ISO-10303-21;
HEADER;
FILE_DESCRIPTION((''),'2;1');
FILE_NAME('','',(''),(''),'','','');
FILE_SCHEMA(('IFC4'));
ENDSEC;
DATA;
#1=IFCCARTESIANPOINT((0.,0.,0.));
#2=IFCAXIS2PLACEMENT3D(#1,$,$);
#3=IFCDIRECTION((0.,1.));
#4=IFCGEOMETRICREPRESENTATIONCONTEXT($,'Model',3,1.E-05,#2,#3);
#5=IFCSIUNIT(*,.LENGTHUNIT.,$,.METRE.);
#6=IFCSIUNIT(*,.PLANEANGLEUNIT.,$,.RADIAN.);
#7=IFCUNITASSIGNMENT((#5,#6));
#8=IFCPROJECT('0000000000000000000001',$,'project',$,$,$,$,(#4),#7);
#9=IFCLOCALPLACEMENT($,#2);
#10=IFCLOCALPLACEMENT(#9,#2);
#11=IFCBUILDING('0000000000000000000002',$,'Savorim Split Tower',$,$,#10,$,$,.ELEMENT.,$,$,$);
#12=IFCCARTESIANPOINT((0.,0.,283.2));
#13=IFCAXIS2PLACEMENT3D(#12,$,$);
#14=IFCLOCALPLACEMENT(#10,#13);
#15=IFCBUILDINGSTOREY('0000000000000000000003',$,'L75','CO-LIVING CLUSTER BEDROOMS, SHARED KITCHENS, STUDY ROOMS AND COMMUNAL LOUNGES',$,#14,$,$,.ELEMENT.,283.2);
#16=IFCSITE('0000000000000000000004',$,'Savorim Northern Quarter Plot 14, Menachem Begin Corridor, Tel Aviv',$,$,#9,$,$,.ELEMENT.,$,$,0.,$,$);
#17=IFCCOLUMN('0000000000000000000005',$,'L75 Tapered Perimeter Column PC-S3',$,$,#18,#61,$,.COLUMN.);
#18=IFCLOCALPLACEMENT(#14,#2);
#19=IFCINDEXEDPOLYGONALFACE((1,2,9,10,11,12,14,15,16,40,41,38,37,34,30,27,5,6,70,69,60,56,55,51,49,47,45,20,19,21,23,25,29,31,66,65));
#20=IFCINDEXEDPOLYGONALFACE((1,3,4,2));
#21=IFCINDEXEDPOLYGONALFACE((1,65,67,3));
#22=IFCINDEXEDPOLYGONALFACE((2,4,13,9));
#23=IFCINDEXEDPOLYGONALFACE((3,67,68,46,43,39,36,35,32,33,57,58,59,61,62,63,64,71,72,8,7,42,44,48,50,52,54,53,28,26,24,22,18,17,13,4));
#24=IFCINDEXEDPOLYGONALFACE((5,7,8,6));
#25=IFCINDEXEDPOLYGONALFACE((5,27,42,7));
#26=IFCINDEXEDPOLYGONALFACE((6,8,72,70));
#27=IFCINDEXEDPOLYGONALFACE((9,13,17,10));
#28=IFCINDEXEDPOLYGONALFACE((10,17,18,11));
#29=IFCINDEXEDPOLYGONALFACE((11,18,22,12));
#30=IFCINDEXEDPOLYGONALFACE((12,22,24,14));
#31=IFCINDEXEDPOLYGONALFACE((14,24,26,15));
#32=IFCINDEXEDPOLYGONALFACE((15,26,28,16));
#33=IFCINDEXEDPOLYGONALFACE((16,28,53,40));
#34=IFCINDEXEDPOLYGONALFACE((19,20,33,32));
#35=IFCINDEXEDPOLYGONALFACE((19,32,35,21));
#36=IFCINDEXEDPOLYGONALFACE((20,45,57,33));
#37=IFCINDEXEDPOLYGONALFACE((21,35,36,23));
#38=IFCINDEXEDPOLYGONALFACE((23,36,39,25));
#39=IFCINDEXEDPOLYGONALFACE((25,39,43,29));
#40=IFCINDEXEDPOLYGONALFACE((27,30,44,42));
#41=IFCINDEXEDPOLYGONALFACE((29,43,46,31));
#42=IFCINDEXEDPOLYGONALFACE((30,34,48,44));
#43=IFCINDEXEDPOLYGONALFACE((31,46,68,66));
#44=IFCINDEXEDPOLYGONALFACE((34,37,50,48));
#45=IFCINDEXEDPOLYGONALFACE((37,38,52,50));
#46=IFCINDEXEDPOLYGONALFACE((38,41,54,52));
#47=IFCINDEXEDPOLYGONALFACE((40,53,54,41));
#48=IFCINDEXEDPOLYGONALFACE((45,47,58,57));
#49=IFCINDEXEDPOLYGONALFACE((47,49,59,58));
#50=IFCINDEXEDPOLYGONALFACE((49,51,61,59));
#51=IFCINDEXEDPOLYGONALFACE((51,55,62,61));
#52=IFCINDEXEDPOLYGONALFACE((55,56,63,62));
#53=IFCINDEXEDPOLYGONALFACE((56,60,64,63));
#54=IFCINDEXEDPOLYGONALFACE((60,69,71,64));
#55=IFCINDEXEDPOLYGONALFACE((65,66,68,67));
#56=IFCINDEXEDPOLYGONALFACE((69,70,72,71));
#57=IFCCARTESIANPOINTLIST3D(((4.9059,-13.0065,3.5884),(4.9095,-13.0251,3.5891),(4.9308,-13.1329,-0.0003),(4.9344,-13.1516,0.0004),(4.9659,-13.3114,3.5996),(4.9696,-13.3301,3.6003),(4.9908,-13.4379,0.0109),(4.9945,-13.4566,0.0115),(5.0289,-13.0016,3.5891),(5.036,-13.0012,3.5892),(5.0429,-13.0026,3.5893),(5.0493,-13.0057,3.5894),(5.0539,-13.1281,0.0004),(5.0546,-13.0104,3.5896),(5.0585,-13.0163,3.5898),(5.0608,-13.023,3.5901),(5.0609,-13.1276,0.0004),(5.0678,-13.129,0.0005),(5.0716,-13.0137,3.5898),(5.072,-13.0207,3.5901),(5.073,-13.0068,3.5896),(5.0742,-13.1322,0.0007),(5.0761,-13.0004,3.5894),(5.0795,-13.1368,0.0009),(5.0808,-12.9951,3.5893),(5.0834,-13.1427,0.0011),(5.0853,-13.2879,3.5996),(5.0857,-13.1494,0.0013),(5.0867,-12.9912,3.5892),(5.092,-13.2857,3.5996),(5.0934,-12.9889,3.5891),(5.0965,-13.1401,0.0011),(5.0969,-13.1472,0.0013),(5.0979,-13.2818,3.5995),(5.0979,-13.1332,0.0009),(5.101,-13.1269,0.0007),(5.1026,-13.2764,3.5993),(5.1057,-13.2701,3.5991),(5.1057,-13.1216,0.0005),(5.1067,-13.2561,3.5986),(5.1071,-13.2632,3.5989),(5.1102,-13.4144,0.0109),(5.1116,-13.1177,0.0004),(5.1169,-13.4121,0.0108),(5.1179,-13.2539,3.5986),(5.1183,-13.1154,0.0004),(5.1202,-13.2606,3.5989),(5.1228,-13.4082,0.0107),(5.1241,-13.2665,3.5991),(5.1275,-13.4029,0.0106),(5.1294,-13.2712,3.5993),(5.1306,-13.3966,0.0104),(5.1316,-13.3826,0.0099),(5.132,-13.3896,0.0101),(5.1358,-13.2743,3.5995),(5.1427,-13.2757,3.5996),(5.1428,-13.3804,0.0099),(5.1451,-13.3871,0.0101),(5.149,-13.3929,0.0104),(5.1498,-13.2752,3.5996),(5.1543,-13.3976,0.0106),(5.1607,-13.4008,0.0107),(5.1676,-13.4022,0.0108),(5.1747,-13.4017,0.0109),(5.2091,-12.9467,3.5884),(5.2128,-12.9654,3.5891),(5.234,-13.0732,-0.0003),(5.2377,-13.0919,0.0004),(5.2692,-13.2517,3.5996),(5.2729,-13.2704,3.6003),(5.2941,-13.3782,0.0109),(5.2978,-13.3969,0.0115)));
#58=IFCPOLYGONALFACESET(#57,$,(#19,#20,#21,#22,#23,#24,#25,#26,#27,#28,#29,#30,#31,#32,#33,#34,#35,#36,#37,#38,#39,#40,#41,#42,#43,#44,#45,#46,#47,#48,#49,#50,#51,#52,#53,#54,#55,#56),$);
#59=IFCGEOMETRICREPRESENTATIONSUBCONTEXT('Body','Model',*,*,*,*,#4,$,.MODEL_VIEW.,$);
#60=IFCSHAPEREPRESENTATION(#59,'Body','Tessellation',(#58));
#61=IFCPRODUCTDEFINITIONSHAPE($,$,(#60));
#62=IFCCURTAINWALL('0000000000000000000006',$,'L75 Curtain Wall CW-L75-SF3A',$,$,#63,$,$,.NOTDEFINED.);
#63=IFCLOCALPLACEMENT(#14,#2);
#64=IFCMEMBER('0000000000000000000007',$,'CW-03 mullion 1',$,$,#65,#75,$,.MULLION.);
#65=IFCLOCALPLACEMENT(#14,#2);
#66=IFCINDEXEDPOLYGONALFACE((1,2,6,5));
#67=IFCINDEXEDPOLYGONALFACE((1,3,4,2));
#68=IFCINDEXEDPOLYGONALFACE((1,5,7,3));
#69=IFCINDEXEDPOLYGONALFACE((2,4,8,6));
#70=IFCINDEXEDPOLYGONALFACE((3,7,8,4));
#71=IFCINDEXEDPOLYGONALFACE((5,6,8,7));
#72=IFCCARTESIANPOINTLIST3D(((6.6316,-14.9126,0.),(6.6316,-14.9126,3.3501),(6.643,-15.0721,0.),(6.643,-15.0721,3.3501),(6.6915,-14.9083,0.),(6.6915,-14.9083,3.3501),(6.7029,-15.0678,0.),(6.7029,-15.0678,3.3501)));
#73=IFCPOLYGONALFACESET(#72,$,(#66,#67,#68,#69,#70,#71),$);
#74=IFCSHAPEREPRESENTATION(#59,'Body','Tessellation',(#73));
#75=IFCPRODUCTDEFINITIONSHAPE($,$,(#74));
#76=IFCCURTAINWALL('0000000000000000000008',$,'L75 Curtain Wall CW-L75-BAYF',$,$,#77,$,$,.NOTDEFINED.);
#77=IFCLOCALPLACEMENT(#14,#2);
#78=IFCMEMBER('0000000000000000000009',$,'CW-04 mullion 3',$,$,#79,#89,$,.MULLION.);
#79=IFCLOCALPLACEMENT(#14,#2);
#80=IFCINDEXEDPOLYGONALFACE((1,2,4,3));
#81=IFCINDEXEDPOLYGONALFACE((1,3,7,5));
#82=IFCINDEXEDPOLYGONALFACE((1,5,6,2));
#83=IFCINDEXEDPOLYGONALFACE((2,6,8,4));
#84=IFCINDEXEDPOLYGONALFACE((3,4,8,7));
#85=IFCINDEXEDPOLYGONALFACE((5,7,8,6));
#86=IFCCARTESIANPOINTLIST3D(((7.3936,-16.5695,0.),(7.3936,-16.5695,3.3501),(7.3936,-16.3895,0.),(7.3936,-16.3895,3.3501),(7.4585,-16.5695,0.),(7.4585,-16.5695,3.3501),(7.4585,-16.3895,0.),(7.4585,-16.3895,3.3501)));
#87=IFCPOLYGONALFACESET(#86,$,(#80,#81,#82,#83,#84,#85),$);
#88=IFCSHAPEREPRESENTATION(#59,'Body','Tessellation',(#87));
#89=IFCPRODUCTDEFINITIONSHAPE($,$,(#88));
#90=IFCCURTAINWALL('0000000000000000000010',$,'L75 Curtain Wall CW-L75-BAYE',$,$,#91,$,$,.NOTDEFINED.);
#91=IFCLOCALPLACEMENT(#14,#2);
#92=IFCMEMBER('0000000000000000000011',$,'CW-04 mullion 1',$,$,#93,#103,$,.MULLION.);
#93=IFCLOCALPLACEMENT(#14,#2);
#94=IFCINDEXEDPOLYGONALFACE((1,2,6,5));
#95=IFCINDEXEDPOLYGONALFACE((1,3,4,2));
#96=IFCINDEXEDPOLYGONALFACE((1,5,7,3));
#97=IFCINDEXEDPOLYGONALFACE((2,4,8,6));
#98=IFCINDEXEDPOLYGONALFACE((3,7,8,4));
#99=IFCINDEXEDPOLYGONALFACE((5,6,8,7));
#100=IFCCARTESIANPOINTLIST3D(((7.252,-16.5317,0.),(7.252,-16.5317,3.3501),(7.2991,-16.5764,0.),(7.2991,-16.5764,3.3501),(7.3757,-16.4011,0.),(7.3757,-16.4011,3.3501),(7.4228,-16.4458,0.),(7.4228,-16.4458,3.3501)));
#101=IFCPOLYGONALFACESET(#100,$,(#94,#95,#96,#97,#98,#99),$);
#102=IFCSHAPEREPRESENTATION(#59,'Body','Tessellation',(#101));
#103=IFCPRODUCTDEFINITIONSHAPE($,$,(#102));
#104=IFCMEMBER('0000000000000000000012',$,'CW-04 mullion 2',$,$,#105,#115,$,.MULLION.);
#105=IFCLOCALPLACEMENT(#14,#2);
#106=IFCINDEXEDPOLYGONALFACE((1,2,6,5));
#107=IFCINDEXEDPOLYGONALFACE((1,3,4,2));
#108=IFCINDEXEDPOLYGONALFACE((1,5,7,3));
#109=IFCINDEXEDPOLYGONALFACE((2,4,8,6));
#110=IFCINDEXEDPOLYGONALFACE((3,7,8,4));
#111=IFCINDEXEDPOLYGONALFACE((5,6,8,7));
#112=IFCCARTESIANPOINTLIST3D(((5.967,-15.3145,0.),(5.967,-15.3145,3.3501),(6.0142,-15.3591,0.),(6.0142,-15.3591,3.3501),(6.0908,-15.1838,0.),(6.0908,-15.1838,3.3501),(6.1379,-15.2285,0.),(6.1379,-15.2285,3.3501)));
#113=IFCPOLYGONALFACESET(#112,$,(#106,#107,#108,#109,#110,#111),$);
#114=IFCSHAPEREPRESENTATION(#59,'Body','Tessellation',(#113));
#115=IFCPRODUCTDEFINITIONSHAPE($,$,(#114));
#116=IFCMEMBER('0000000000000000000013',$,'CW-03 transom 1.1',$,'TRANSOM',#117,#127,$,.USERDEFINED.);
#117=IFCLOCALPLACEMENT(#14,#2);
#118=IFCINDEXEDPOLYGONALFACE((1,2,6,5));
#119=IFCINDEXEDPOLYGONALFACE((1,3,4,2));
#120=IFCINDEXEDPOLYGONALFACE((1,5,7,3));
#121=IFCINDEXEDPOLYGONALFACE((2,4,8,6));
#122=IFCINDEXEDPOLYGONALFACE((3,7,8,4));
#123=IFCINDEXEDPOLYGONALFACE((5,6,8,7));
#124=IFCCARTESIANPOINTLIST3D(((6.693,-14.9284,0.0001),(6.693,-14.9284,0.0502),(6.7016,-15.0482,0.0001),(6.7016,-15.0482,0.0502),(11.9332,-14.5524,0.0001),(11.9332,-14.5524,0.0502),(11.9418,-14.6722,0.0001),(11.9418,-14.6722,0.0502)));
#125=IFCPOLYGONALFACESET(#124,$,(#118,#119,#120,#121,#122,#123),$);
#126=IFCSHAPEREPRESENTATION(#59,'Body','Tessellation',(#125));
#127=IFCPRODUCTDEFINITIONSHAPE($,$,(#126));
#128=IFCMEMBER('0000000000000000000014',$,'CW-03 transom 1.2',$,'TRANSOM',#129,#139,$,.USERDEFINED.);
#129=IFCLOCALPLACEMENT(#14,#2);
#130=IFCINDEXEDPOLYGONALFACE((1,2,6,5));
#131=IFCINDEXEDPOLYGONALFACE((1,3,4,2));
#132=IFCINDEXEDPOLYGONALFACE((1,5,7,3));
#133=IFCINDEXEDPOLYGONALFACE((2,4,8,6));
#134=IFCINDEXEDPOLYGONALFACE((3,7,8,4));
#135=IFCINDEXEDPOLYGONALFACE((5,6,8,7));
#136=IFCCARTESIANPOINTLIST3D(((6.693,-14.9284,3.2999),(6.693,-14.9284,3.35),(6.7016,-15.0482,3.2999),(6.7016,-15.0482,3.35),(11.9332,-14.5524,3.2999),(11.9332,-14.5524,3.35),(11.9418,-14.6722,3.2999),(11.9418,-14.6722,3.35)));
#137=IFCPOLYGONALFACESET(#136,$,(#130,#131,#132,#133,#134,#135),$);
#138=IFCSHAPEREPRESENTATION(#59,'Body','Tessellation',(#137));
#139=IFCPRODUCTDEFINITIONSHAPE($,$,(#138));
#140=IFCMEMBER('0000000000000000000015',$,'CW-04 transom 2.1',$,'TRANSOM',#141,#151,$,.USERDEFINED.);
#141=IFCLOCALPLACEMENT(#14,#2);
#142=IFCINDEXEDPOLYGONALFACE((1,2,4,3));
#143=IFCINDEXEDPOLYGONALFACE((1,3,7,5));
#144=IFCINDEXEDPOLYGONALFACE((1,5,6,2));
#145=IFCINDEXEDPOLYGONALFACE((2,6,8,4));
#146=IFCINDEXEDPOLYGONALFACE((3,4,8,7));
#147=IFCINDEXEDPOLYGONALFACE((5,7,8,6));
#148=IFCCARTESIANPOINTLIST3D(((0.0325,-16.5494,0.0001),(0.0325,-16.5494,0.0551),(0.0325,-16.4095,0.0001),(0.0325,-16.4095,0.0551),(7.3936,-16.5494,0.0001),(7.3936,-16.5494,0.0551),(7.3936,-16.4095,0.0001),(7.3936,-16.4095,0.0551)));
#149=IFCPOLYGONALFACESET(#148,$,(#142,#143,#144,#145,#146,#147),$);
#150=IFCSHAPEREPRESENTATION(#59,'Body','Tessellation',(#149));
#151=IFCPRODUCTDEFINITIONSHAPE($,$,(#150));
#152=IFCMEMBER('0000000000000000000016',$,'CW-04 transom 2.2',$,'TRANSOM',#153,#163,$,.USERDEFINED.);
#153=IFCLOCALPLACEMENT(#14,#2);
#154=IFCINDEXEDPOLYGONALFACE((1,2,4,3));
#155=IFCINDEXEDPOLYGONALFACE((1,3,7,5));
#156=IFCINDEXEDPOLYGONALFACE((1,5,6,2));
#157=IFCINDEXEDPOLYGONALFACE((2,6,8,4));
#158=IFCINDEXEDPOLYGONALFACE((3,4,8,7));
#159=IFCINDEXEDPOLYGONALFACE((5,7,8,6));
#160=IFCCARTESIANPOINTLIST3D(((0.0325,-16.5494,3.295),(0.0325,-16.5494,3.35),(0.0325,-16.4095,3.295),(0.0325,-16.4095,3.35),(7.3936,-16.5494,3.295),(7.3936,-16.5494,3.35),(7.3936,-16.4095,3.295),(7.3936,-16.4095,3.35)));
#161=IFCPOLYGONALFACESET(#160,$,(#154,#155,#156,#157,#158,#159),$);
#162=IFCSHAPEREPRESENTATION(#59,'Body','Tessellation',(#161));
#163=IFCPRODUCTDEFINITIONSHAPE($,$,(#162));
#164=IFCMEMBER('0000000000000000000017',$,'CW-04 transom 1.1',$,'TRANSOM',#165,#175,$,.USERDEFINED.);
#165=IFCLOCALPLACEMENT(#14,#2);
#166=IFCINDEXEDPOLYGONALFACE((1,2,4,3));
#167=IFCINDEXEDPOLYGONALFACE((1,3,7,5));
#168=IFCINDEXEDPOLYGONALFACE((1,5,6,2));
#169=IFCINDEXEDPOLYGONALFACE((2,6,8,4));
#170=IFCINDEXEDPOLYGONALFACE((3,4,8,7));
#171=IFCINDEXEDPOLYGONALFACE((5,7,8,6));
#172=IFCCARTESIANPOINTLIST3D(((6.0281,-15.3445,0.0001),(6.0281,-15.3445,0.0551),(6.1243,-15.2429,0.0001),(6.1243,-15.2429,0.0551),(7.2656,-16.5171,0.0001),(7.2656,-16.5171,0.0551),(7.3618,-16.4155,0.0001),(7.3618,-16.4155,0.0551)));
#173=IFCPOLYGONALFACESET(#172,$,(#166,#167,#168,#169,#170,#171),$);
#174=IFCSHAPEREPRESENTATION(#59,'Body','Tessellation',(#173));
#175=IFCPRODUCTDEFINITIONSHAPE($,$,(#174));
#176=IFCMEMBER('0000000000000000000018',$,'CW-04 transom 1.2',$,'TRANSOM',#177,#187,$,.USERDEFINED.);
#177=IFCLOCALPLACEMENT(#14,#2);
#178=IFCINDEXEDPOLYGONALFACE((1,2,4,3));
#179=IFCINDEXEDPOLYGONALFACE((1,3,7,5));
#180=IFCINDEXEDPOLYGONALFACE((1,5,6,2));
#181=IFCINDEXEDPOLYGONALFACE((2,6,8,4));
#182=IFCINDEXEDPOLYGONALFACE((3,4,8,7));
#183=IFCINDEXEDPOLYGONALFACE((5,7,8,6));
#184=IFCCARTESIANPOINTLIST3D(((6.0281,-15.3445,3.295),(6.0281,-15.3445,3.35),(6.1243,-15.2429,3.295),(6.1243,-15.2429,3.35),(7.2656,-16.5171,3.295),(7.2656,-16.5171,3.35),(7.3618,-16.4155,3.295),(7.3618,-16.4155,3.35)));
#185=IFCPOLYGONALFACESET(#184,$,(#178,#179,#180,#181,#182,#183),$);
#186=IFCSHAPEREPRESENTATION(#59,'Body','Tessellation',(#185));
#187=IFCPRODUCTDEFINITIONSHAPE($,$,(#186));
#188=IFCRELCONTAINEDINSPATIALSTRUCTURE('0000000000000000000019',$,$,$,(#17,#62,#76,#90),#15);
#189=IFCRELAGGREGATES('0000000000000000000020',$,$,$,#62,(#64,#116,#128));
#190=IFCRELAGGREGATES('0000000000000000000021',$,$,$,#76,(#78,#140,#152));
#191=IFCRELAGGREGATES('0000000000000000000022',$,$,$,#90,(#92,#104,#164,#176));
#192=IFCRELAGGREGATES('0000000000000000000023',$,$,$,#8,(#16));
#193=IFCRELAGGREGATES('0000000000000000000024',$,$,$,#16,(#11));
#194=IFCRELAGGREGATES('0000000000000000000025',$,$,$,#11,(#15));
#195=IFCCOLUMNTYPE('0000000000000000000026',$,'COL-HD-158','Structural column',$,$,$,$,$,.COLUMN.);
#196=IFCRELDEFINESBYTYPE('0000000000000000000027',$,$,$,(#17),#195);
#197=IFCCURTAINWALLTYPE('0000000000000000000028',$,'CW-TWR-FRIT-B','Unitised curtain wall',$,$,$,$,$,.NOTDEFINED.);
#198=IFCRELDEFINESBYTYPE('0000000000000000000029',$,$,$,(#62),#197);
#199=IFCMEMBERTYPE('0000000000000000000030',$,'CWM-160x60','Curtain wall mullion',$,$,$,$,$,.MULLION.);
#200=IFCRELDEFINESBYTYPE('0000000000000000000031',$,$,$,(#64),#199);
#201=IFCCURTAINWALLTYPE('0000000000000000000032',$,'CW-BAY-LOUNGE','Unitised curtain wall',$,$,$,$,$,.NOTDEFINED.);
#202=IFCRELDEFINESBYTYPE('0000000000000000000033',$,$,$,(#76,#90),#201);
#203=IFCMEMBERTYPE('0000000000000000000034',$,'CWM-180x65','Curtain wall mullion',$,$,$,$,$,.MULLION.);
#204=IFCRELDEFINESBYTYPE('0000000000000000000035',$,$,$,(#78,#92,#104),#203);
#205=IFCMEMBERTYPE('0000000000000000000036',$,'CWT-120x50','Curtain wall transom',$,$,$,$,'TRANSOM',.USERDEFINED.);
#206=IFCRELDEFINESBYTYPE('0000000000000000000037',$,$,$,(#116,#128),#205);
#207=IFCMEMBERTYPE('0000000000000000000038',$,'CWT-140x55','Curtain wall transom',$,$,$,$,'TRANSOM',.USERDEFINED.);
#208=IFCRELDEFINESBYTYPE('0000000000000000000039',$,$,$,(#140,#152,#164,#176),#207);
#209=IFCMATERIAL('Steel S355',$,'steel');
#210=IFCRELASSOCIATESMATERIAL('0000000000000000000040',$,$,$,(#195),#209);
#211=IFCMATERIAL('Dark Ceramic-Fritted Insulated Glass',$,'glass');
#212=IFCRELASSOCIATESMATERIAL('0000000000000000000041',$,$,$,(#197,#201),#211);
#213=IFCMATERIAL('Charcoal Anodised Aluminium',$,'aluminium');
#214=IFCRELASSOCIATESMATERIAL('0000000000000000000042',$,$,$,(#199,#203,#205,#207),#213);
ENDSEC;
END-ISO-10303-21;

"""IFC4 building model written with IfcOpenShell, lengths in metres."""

from ifc_helpers import new_model, si_unit, direction, frame, origin, origin_2d, place, context, subcontext, project, spatial, rectangle, i_section, extrude, material, material_profile, profile_set, type_object, element, aggregate, save


model = new_model("IFC4")

# Units and contexts
model_context = context("Model", 3, precision=1e-05, world=origin(), true_north=direction((0.0, 1.0)))
body_context = subcontext(model_context, "Body", "Model", "MODEL_VIEW")
ifc_project = project(units=[si_unit("LENGTHUNIT", "METRE"), si_unit("PLANEANGLEUNIT", "RADIAN")], contexts=[model_context])

# Site, building, storey
site_placement = place(None, origin())
site = spatial("IfcSite", under=ifc_project, at=site_placement, Name="Savorim Northern Quarter Plot 14, Menachem Begin Corridor, Tel Aviv", CompositionType="ELEMENT", RefElevation=0.0)
building_placement = place(site_placement, origin())
building = spatial("IfcBuilding", under=site, at=building_placement, Name="Savorim Split Tower", CompositionType="ELEMENT")
storey_placement = place(building_placement, frame((0.0, 0.0, 283.2)))
storey = spatial("IfcBuildingStorey", under=building, at=storey_placement, Name="L75", Description="CO-LIVING CLUSTER BEDROOMS, SHARED KITCHENS, STUDY ROOMS AND COMMUNAL LOUNGES", CompositionType="ELEMENT", Elevation=283.2)

# Column
ifc_material_1 = material(Name="Steel S355", Category="steel")
ifc_material_profile_1 = material_profile(ifc_material_1, i_section(OverallWidth=0.3091, OverallDepth=0.3301, WebThickness=0.0115, FlangeThickness=0.019, FilletRadius=0.0271, at=origin_2d()), Name="HD 320x158")
ifc_profile_set_1 = profile_set([ifc_material_profile_1], Name="Steel S355")
column_type = type_object("IfcColumnType", Name="COL-HD-158", Description="Structural column", PredefinedType="COLUMN", material=ifc_profile_set_1)
column_placement = place(storey_placement, frame((5.1143, -13.2649, 0.0056), z_axis=(-0.006934, 0.035215, 0.999356), x_axis=(-0.981159, -0.193201, 0.0)))
element("IfcColumn", 1, at=column_placement, inside=storey, type_object=column_type, Name="L75 Tapered Perimeter Column PC-S3", PredefinedType="COLUMN", context=body_context, shape_type="SweptSolid", body=[
    extrude(i_section(OverallWidth=0.3091, OverallDepth=0.3301, WebThickness=0.0115, FlangeThickness=0.019, FilletRadius=0.0271, at=origin_2d()), origin(), (0.0, 0.0, 1.0), 3.5911),
])

# Curtain walls, members
ifc_material_2 = material(Name="Dark Ceramic-Fritted Insulated Glass", Category="glass")
curtain_wall_type_1 = type_object("IfcCurtainWallType", Name="CW-TWR-FRIT-B", Description="Unitised curtain wall", PredefinedType="NOTDEFINED", material=ifc_material_2)
curtain_wall_1_placement = place(storey_placement, origin())
curtain_wall_1 = element("IfcCurtainWall", 2, at=curtain_wall_1_placement, inside=storey, type_object=curtain_wall_type_1, Name="L75 Curtain Wall CW-L75-SF3A", PredefinedType="NOTDEFINED")
ifc_material_3 = material(Name="Charcoal Anodised Aluminium", Category="aluminium")
ifc_material_profile_2 = material_profile(ifc_material_3, rectangle(XDim=0.1599, YDim=0.0601, at=origin_2d()), Name="ALU-M 160x60")
ifc_profile_set_2 = profile_set([ifc_material_profile_2], Name="Charcoal Anodised Aluminium")
member_type_1 = type_object("IfcMemberType", Name="CWM-160x60", Description="Curtain wall mullion", PredefinedType="MULLION", material=ifc_profile_set_2)
member_1_placement = place(storey_placement, frame((6.6672, -14.9902, 0.0), z_axis=(0.0, 0.0, 1.0), x_axis=(-0.07155, 0.997437, 0.0)))
member_1 = element("IfcMember", 3, at=member_1_placement, type_object=member_type_1, Name="CW-03 mullion 1", PredefinedType="MULLION", context=body_context, shape_type="SweptSolid", body=[
    extrude(rectangle(XDim=0.1599, YDim=0.0601, at=origin_2d()), origin(), (0.0, 0.0, 1.0), 3.3501),
])
curtain_wall_type_2 = type_object("IfcCurtainWallType", Name="CW-BAY-LOUNGE", Description="Unitised curtain wall", PredefinedType="NOTDEFINED", material=ifc_material_2)
curtain_wall_2_placement = place(storey_placement, origin())
curtain_wall_2 = element("IfcCurtainWall", 4, at=curtain_wall_2_placement, inside=storey, type_object=curtain_wall_type_2, Name="L75 Curtain Wall CW-L75-BAYF", PredefinedType="NOTDEFINED")
ifc_material_profile_3 = material_profile(ifc_material_3, rectangle(XDim=0.1799, YDim=0.0649, at=origin_2d()), Name="ALU-M 180x65")
ifc_profile_set_3 = profile_set([ifc_material_profile_3], Name="Charcoal Anodised Aluminium")
member_type_2 = type_object("IfcMemberType", Name="CWM-180x65", Description="Curtain wall mullion", PredefinedType="MULLION", material=ifc_profile_set_3)
member_2_placement = place(storey_placement, frame((7.426, -16.4795, 0.0), z_axis=(0.0, 0.0, 1.0), x_axis=(0.0, 1.0, 0.0)))
member_2 = element("IfcMember", 5, at=member_2_placement, type_object=member_type_2, Name="CW-04 mullion 3", PredefinedType="MULLION", context=body_context, shape_type="SweptSolid", body=[
    extrude(rectangle(XDim=0.1799, YDim=0.0649, at=origin_2d()), origin(), (0.0, 0.0, 1.0), 3.3501),
])

# Curtain wall, members
curtain_wall_3_placement = place(storey_placement, origin())
curtain_wall_3 = element("IfcCurtainWall", 6, at=curtain_wall_3_placement, inside=storey, type_object=curtain_wall_type_2, Name="L75 Curtain Wall CW-L75-BAYE", PredefinedType="NOTDEFINED")
member_3_placement = place(storey_placement, frame((7.3374, -16.4888, 0.0), z_axis=(0.0, 0.0, 1.0), x_axis=(-0.687748, -0.72595, 0.0)))
member_3 = element("IfcMember", 7, at=member_3_placement, type_object=member_type_2, Name="CW-04 mullion 1", PredefinedType="MULLION", context=body_context, shape_type="SweptSolid", body=[
    extrude(rectangle(XDim=0.1799, YDim=0.0649, at=origin_2d()), origin(), (0.0, 0.0, 1.0), 3.3501),
])
member_4_placement = place(storey_placement, frame((6.0525, -15.2715, 0.0), z_axis=(0.0, 0.0, 1.0), x_axis=(-0.687748, -0.72595, 0.0)))
member_4 = element("IfcMember", 8, at=member_4_placement, type_object=member_type_2, Name="CW-04 mullion 2", PredefinedType="MULLION", context=body_context, shape_type="SweptSolid", body=[
    extrude(rectangle(XDim=0.1799, YDim=0.0649, at=origin_2d()), origin(), (0.0, 0.0, 1.0), 3.3501),
])

# Members
ifc_material_profile_4 = material_profile(ifc_material_3, rectangle(XDim=0.1201, YDim=0.05, at=origin_2d()), Name="ALU-T 120x50")
ifc_profile_set_4 = profile_set([ifc_material_profile_4], Name="Charcoal Anodised Aluminium")
member_type_3 = type_object("IfcMemberType", Name="CWT-120x50", Description="Curtain wall transom", ElementType="TRANSOM", PredefinedType="USERDEFINED", material=ifc_profile_set_4)
member_5_placement = place(storey_placement, frame((6.6973, -14.9883, 0.0251), z_axis=(0.997436, 0.071564, 0.0), x_axis=(-0.071564, 0.997436, 0.0)))
member_5 = element("IfcMember", 9, at=member_5_placement, type_object=member_type_3, Name="CW-03 transom 1.1", ObjectType="TRANSOM", PredefinedType="USERDEFINED", context=body_context, shape_type="SweptSolid", body=[
    extrude(rectangle(XDim=0.1201, YDim=0.05, at=origin_2d()), origin(), (0.0, 0.0, 1.0), 5.2537),
])
member_6_placement = place(storey_placement, frame((6.6973, -14.9883, 3.325), z_axis=(0.997436, 0.071564, 0.0), x_axis=(-0.071564, 0.997436, 0.0)))
member_6 = element("IfcMember", 10, at=member_6_placement, type_object=member_type_3, Name="CW-03 transom 1.2", ObjectType="TRANSOM", PredefinedType="USERDEFINED", context=body_context, shape_type="SweptSolid", body=[
    extrude(rectangle(XDim=0.1201, YDim=0.05, at=origin_2d()), origin(), (0.0, 0.0, 1.0), 5.2537),
])
ifc_material_profile_5 = material_profile(ifc_material_3, rectangle(XDim=0.1399, YDim=0.0549, at=origin_2d()), Name="ALU-T 140x55")
ifc_profile_set_5 = profile_set([ifc_material_profile_5], Name="Charcoal Anodised Aluminium")
member_type_4 = type_object("IfcMemberType", Name="CWT-140x55", Description="Curtain wall transom", ElementType="TRANSOM", PredefinedType="USERDEFINED", material=ifc_profile_set_5)
member_7_placement = place(storey_placement, frame((0.0325, -16.4795, 0.0276), z_axis=(1.0, 0.0, 0.0), x_axis=(0.0, 1.0, 0.0)))
member_7 = element("IfcMember", 11, at=member_7_placement, type_object=member_type_4, Name="CW-04 transom 2.1", ObjectType="TRANSOM", PredefinedType="USERDEFINED", context=body_context, shape_type="SweptSolid", body=[
    extrude(rectangle(XDim=0.1399, YDim=0.0549, at=origin_2d()), origin(), (0.0, 0.0, 1.0), 7.3611),
])
member_8_placement = place(storey_placement, frame((0.0325, -16.4795, 3.3225), z_axis=(1.0, 0.0, 0.0), x_axis=(0.0, 1.0, 0.0)))
member_8 = element("IfcMember", 12, at=member_8_placement, type_object=member_type_4, Name="CW-04 transom 2.2", ObjectType="TRANSOM", PredefinedType="USERDEFINED", context=body_context, shape_type="SweptSolid", body=[
    extrude(rectangle(XDim=0.1399, YDim=0.0549, at=origin_2d()), origin(), (0.0, 0.0, 1.0), 7.3611),
])
member_9_placement = place(storey_placement, frame((7.3137, -16.4663, 0.0276), z_axis=(-0.725896, 0.687804, 0.0), x_axis=(-0.687804, -0.725896, 0.0)))
member_9 = element("IfcMember", 13, at=member_9_placement, type_object=member_type_4, Name="CW-04 transom 1.1", ObjectType="TRANSOM", PredefinedType="USERDEFINED", context=body_context, shape_type="SweptSolid", body=[
    extrude(rectangle(XDim=0.1399, YDim=0.0549, at=origin_2d()), origin(), (0.0, 0.0, 1.0), 1.7048),
])
member_10_placement = place(storey_placement, frame((7.3137, -16.4663, 3.3225), z_axis=(-0.725896, 0.687804, 0.0), x_axis=(-0.687804, -0.725896, 0.0)))
member_10 = element("IfcMember", 14, at=member_10_placement, type_object=member_type_4, Name="CW-04 transom 1.2", ObjectType="TRANSOM", PredefinedType="USERDEFINED", context=body_context, shape_type="SweptSolid", body=[
    extrude(rectangle(XDim=0.1399, YDim=0.0549, at=origin_2d()), origin(), (0.0, 0.0, 1.0), 1.7048),
])

aggregate(curtain_wall_1, [member_1, member_5, member_6])
aggregate(curtain_wall_2, [member_2, member_7, member_8])
aggregate(curtain_wall_3, [member_3, member_4, member_9, member_10])

save(model, "model.ifc")
